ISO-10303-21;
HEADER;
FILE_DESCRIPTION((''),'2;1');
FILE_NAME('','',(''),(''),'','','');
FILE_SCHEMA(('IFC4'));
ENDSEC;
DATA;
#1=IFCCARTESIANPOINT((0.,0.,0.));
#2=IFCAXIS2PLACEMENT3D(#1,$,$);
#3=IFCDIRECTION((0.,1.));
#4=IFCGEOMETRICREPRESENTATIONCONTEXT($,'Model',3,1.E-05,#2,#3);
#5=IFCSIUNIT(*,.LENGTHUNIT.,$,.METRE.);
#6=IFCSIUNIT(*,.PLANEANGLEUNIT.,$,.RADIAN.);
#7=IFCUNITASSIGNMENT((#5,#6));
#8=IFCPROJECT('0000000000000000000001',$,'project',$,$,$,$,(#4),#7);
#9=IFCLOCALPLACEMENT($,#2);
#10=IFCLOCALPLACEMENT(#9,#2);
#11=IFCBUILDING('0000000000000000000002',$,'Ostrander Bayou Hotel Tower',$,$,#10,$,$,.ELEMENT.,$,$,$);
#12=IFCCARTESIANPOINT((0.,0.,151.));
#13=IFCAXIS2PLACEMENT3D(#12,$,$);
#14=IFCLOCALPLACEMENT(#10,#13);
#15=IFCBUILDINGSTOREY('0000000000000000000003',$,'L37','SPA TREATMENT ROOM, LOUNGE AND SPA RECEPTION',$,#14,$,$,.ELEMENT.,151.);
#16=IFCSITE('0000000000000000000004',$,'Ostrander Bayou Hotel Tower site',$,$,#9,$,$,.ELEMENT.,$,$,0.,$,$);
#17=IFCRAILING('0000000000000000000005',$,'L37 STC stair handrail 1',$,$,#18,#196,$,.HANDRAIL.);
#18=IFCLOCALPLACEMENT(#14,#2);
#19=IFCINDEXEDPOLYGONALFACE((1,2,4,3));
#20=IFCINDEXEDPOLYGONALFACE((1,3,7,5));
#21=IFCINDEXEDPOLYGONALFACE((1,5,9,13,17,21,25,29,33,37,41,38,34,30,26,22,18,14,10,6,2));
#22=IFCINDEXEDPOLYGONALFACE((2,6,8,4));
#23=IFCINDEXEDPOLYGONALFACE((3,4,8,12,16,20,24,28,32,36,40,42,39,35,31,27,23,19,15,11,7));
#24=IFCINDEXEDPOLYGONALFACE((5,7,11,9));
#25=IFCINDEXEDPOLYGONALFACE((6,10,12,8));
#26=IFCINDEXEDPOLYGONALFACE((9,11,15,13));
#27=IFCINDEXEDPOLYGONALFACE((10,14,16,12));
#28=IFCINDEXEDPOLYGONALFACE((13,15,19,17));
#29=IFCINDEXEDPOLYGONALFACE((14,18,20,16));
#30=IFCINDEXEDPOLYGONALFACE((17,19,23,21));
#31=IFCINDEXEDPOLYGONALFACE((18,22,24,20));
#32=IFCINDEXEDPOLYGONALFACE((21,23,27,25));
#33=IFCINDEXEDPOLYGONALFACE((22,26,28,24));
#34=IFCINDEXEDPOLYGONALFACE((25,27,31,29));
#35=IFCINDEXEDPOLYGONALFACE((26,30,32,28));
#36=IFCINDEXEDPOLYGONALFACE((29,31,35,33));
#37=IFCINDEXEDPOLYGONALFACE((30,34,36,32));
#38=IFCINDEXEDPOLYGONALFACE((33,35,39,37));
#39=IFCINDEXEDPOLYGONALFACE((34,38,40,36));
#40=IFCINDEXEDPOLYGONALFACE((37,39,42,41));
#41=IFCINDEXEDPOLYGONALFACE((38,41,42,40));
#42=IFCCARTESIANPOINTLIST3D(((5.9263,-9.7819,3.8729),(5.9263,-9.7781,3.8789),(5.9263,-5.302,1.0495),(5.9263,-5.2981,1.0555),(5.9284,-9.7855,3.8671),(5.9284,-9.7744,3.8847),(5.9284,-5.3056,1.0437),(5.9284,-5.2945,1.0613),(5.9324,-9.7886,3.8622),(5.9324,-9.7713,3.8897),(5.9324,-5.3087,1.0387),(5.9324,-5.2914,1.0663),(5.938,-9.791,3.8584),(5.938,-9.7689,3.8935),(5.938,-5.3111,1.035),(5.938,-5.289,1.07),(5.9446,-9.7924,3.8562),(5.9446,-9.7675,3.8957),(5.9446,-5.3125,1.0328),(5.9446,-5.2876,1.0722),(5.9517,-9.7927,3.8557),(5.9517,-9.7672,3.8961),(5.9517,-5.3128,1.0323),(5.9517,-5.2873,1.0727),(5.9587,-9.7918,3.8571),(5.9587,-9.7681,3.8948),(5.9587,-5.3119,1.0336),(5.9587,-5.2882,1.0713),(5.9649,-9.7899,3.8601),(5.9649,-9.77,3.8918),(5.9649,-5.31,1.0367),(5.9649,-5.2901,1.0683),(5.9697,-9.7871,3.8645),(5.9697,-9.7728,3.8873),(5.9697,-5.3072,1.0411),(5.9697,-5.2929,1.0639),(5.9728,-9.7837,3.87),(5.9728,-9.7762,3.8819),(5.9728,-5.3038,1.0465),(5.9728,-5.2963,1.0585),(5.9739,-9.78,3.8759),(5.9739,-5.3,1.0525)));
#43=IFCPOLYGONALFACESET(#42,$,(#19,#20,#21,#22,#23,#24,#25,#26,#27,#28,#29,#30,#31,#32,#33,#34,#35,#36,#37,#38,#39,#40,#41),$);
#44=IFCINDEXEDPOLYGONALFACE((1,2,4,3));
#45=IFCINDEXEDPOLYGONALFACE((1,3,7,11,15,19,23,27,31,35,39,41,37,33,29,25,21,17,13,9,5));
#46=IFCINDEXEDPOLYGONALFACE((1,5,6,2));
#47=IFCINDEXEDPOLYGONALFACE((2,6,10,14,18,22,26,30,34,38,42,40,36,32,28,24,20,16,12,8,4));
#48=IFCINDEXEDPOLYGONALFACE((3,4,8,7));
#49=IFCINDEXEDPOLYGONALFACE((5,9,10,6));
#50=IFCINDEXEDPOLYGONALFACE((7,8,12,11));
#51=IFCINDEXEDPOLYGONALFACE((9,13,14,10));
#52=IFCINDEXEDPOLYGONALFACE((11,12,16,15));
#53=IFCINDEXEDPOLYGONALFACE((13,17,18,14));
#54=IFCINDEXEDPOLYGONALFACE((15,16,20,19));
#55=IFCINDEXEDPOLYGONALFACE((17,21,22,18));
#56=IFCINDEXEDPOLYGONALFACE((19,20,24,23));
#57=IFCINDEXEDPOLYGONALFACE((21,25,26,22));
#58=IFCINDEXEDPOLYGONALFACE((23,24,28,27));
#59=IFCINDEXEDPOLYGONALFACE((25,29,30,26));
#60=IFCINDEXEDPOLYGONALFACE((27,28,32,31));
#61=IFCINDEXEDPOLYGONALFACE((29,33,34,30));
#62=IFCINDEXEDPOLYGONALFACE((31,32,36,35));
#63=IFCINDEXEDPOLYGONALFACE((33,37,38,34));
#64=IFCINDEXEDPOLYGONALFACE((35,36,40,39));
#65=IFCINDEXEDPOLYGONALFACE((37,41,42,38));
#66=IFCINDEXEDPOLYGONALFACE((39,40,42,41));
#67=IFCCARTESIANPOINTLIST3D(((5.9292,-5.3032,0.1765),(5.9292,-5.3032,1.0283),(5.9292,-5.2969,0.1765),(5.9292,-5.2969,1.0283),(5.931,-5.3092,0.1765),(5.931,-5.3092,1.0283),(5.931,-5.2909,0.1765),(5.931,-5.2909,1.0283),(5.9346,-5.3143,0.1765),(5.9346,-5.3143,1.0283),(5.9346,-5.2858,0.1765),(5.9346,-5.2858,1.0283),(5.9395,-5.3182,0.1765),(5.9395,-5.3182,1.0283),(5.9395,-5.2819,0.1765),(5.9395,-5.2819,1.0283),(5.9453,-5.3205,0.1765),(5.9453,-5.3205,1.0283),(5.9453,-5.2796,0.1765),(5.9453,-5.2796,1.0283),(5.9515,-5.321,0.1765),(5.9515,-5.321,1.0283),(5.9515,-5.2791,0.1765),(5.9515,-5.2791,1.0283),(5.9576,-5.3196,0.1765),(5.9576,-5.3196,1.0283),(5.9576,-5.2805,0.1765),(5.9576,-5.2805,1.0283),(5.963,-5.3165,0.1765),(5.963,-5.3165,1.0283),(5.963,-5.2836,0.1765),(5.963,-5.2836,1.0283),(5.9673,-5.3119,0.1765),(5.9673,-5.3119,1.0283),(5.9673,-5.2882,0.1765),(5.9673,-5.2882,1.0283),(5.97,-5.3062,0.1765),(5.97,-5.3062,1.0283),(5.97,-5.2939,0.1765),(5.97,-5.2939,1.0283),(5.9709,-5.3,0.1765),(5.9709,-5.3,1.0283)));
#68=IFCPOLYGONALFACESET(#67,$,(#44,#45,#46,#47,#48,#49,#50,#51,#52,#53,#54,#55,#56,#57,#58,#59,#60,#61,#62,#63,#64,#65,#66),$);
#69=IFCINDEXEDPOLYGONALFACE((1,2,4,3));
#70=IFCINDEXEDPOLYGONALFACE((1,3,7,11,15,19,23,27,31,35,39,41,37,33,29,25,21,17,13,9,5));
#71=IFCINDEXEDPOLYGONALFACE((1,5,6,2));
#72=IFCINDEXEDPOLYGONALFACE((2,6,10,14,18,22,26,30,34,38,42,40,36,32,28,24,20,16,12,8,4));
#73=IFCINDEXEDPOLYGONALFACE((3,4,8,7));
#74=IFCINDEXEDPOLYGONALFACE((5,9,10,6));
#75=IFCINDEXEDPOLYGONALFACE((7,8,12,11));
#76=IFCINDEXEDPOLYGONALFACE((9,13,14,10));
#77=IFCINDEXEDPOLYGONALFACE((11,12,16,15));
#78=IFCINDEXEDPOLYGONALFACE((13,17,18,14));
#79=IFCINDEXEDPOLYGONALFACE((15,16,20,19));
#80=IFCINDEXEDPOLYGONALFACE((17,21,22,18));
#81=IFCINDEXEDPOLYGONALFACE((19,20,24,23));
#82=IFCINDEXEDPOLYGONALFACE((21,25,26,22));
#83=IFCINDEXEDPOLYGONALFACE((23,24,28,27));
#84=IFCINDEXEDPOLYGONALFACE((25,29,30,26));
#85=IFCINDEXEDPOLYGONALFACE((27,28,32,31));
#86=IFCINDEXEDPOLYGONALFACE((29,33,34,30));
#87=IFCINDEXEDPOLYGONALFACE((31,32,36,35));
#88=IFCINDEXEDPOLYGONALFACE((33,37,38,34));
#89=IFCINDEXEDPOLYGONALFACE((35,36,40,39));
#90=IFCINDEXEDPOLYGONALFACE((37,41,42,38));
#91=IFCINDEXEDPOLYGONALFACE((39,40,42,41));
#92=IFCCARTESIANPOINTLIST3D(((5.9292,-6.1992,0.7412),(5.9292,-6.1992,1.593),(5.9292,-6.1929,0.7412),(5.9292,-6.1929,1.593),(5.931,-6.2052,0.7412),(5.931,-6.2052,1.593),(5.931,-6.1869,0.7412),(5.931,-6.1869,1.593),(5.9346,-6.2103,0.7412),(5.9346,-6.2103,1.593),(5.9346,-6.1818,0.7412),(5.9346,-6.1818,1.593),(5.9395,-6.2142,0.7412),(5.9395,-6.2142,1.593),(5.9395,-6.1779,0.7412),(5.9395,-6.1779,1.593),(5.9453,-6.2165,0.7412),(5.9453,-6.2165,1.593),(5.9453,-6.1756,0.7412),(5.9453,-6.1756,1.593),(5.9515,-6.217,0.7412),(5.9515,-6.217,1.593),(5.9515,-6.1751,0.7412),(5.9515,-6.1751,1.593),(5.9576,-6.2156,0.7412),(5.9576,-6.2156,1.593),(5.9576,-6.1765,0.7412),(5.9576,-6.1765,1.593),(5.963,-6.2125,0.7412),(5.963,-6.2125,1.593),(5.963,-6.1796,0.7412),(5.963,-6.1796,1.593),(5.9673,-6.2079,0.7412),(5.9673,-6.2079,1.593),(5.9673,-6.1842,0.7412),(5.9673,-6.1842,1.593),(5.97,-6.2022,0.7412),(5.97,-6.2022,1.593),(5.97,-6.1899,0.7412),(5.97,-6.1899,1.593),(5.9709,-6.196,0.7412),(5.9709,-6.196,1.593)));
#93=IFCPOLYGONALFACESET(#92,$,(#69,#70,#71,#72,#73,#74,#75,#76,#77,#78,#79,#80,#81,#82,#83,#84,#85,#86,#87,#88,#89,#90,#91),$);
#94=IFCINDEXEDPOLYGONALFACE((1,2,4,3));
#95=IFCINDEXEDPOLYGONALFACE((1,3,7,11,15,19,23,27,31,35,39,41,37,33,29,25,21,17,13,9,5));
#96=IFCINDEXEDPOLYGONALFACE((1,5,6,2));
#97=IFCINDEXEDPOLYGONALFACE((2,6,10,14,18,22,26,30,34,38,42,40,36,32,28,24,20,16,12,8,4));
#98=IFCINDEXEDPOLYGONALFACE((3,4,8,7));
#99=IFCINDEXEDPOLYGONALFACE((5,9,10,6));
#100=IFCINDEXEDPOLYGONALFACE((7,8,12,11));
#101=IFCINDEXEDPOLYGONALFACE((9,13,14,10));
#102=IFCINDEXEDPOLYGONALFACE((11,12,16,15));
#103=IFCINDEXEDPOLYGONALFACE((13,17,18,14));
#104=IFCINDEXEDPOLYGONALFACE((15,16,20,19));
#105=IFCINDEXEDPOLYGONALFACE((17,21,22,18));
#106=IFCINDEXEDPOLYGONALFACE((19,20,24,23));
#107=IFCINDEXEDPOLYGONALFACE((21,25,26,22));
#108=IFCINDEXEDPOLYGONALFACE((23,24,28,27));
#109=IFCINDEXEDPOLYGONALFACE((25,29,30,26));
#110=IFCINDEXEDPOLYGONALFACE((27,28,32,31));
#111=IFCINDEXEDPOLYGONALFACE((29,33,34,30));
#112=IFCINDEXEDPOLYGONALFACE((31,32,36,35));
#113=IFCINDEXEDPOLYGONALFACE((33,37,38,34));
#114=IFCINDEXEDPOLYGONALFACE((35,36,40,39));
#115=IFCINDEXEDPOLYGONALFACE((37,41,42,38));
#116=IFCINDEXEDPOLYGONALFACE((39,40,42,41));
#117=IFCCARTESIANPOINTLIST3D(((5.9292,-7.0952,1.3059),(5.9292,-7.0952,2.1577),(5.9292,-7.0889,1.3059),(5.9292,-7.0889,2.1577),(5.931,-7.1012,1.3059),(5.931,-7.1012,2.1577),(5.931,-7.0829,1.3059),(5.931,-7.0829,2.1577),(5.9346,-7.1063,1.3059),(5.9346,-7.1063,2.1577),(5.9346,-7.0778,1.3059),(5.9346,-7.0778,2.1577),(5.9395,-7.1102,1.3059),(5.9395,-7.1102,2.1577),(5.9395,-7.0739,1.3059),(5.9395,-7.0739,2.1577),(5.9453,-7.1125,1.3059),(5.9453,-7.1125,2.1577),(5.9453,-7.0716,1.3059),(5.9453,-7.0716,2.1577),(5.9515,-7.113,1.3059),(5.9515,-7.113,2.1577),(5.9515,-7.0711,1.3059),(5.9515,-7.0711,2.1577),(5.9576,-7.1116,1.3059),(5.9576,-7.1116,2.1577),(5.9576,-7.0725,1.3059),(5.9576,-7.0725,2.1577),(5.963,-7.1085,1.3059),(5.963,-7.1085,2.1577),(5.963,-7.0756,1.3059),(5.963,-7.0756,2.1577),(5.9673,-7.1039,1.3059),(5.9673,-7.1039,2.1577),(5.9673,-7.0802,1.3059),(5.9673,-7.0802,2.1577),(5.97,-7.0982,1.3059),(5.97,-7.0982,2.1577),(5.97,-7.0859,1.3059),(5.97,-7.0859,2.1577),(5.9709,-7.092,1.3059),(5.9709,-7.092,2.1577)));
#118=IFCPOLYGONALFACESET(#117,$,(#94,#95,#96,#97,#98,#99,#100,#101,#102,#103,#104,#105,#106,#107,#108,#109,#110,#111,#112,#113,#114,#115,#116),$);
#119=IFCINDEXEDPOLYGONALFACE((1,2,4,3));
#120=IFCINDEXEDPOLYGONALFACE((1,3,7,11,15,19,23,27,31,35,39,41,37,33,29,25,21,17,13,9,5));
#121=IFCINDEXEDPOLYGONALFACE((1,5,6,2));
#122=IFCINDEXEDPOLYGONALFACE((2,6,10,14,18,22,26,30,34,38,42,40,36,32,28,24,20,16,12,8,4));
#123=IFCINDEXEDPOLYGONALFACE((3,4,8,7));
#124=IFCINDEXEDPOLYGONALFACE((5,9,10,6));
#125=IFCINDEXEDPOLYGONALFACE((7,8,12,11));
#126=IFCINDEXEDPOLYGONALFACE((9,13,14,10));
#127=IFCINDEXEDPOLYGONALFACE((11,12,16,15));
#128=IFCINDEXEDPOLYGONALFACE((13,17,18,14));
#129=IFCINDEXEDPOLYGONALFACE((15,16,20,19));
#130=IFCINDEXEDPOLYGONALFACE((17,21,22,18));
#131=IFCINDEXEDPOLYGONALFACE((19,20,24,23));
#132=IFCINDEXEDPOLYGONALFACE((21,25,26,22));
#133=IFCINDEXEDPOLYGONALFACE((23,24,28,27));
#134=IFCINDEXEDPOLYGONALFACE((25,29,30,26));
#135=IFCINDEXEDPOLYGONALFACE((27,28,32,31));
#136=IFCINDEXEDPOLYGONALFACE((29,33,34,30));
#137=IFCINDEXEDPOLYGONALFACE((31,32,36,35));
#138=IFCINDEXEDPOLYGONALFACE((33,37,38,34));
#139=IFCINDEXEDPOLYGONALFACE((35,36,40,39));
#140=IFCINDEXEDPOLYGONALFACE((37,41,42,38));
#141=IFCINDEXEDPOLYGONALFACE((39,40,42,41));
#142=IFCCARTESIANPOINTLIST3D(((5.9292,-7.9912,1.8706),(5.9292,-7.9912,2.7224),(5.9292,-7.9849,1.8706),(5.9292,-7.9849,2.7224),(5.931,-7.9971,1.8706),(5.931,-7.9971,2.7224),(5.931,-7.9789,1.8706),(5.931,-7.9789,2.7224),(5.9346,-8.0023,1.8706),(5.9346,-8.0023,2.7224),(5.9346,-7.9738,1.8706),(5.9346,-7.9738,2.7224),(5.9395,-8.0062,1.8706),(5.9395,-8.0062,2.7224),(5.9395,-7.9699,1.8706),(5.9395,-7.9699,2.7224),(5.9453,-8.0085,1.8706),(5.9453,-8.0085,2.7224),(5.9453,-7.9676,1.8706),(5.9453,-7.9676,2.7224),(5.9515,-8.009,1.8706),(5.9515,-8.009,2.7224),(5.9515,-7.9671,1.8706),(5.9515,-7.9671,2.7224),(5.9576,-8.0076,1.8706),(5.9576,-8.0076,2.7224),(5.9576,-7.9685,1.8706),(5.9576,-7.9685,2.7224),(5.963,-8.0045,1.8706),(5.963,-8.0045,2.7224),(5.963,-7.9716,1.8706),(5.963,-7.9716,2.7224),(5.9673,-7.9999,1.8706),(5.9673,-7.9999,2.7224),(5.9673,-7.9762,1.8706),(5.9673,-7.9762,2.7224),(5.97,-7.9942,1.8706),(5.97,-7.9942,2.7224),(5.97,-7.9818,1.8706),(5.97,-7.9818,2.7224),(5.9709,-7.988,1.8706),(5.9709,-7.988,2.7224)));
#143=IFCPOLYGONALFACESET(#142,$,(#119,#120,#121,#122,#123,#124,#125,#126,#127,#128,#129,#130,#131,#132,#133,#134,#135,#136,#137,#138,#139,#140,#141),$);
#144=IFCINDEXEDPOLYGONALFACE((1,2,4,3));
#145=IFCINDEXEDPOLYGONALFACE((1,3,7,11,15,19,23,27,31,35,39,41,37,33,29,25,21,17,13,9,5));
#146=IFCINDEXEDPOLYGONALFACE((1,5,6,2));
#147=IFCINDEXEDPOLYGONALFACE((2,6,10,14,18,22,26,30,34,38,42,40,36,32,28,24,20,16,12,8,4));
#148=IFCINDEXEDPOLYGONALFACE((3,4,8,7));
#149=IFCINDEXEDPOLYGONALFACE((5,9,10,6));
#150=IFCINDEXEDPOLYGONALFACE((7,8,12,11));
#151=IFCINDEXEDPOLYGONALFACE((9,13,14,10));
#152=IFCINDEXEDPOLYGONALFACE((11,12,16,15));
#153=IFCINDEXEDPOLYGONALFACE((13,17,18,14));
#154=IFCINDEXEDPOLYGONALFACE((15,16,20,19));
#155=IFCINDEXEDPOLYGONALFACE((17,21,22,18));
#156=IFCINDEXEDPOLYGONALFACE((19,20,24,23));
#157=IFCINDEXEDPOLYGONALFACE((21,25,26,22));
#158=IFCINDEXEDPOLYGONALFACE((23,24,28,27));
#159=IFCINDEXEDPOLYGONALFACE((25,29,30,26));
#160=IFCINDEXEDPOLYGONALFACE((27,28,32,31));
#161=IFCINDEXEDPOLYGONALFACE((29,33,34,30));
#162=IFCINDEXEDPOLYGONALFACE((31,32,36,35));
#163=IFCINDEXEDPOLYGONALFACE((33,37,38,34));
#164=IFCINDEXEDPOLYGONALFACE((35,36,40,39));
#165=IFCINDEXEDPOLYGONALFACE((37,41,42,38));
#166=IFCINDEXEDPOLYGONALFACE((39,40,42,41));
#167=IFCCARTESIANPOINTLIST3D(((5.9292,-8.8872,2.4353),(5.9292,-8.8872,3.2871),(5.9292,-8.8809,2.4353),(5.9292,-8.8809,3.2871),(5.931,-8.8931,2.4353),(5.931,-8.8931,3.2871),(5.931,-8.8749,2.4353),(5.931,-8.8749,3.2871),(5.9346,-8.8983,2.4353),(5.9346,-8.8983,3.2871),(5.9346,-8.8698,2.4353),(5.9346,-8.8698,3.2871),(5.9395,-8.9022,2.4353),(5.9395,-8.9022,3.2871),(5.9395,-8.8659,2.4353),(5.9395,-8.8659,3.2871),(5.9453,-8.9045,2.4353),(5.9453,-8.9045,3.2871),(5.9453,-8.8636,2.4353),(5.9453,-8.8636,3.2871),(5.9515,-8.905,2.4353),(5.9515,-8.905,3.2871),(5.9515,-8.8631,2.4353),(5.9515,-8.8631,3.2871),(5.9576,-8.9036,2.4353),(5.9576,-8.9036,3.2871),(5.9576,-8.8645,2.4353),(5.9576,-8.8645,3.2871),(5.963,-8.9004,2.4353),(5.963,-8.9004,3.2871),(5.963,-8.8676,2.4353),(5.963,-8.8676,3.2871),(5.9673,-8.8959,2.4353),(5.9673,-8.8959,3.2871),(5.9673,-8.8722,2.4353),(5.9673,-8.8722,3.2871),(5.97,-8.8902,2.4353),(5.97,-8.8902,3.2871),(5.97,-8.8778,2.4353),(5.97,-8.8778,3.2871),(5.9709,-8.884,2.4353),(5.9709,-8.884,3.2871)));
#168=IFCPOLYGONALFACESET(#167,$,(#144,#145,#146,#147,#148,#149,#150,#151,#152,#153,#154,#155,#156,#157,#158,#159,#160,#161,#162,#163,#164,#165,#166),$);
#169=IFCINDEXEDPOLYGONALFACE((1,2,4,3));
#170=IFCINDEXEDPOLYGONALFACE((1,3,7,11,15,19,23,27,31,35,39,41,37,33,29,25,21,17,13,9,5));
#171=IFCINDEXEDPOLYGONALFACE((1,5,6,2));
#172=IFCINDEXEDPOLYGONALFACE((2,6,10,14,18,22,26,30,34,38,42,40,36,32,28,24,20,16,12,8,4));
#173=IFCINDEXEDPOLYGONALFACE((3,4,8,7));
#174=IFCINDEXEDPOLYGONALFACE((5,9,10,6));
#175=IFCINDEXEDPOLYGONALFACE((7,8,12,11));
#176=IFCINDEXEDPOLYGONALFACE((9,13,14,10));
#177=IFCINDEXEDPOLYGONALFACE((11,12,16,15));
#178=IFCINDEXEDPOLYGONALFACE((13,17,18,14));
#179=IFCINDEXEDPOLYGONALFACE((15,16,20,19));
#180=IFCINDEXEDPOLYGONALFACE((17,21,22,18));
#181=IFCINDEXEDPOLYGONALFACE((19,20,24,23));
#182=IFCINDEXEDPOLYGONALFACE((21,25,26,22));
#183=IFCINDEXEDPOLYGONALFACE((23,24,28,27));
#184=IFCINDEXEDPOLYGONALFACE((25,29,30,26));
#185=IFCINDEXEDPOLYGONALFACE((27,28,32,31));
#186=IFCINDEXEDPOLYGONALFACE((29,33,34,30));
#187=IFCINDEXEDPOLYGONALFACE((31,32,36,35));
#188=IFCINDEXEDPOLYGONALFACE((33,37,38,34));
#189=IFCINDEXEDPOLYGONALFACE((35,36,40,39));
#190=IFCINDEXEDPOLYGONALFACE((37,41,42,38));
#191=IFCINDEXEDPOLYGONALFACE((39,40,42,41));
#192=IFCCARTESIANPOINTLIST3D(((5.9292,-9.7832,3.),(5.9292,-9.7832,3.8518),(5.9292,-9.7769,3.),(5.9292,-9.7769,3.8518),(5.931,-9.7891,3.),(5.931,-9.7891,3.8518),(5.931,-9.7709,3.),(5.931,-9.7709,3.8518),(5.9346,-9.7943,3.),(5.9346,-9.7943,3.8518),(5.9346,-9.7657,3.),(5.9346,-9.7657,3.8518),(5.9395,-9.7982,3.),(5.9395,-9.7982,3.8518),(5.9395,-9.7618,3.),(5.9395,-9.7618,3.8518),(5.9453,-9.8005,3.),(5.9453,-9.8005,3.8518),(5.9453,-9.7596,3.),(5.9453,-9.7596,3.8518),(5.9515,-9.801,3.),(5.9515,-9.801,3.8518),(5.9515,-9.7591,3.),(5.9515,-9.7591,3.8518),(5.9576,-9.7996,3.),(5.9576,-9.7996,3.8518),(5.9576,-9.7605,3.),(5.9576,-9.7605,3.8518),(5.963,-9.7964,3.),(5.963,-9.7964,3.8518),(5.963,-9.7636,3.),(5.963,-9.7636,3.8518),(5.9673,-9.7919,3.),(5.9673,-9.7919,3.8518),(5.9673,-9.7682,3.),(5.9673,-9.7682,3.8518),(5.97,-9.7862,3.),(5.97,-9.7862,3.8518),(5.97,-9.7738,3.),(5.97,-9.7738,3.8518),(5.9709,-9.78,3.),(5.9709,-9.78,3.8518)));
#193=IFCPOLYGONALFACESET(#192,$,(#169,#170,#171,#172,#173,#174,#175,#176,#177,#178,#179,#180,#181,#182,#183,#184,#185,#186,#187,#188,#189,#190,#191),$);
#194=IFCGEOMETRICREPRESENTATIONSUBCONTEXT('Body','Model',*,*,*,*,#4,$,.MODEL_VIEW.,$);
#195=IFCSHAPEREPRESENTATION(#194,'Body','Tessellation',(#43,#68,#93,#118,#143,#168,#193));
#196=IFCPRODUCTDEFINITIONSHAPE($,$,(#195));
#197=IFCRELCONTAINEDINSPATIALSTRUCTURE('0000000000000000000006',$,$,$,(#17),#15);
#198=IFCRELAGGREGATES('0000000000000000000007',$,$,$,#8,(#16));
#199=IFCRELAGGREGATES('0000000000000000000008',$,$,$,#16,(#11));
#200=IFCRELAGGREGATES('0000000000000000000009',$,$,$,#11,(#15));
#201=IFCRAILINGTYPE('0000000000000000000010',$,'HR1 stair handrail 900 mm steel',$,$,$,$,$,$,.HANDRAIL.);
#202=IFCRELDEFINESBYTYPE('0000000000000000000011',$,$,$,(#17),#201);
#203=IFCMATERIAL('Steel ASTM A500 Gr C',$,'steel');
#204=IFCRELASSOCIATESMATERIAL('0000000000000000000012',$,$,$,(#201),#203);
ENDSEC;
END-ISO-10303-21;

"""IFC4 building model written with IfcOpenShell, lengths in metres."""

from ifc_helpers import new_model, si_unit, direction, frame, origin, origin_2d, place, context, subcontext, project, spatial, circle, extrude, material, type_object, element, save


model = new_model("IFC4")

# Units and contexts
model_context = context("Model", 3, precision=1e-05, world=origin(), true_north=direction((0.0, 1.0)))
body_context = subcontext(model_context, "Body", "Model", "MODEL_VIEW")
ifc_project = project(units=[si_unit("LENGTHUNIT", "METRE"), si_unit("PLANEANGLEUNIT", "RADIAN")], contexts=[model_context])

# Site, building, storey
site_placement = place(None, origin())
site = spatial("IfcSite", under=ifc_project, at=site_placement, Name="Ostrander Bayou Hotel Tower site", CompositionType="ELEMENT", RefElevation=0.0)
building_placement = place(site_placement, origin())
building = spatial("IfcBuilding", under=site, at=building_placement, Name="Ostrander Bayou Hotel Tower", CompositionType="ELEMENT")
storey_placement = place(building_placement, frame((0.0, 0.0, 151.0)))
storey = spatial("IfcBuildingStorey", under=building, at=storey_placement, Name="L37", Description="SPA TREATMENT ROOM, LOUNGE AND SPA RECEPTION", CompositionType="ELEMENT", Elevation=151.0)

# Railing
ifc_material_1 = material(Name="Steel ASTM A500 Gr C", Category="steel")
railing_type_1 = type_object("IfcRailingType", Name="HR1 stair handrail 900 mm steel", PredefinedType="HANDRAIL", material=ifc_material_1)
railing_1_placement = place(storey_placement, frame((5.95, -5.3, 0.1765)))
element("IfcRailing", 1, at=railing_1_placement, inside=storey, type_object=railing_type_1, Name="L37 STC stair handrail 1", PredefinedType="HANDRAIL", context=body_context, shape_type="SweptSolid", body=[
    extrude(circle(Radius=0.0239, at=origin_2d()), frame((0.0, 0.0, 0.876), z_axis=(0.0, -0.845998, 0.533186), x_axis=(1.0, 0.0, 0.0)), (0.0, 0.0, 1.0), 5.2954),
    extrude(circle(Radius=0.021, at=origin_2d()), origin(), (0.0, 0.0, 1.0), 0.8518),
    extrude(circle(Radius=0.021, at=origin_2d()), frame((0.0, -0.896, 0.5647)), (0.0, 0.0, 1.0), 0.8518),
    extrude(circle(Radius=0.021, at=origin_2d()), frame((0.0, -1.792, 1.1294)), (0.0, 0.0, 1.0), 0.8518),
    extrude(circle(Radius=0.021, at=origin_2d()), frame((0.0, -2.688, 1.6941)), (0.0, 0.0, 1.0), 0.8518),
    extrude(circle(Radius=0.021, at=origin_2d()), frame((0.0, -3.584, 2.2588)), (0.0, 0.0, 1.0), 0.8518),
    extrude(circle(Radius=0.021, at=origin_2d()), frame((0.0, -4.48, 2.8235)), (0.0, 0.0, 1.0), 0.8518),
])

save(model, "model.ifc")
